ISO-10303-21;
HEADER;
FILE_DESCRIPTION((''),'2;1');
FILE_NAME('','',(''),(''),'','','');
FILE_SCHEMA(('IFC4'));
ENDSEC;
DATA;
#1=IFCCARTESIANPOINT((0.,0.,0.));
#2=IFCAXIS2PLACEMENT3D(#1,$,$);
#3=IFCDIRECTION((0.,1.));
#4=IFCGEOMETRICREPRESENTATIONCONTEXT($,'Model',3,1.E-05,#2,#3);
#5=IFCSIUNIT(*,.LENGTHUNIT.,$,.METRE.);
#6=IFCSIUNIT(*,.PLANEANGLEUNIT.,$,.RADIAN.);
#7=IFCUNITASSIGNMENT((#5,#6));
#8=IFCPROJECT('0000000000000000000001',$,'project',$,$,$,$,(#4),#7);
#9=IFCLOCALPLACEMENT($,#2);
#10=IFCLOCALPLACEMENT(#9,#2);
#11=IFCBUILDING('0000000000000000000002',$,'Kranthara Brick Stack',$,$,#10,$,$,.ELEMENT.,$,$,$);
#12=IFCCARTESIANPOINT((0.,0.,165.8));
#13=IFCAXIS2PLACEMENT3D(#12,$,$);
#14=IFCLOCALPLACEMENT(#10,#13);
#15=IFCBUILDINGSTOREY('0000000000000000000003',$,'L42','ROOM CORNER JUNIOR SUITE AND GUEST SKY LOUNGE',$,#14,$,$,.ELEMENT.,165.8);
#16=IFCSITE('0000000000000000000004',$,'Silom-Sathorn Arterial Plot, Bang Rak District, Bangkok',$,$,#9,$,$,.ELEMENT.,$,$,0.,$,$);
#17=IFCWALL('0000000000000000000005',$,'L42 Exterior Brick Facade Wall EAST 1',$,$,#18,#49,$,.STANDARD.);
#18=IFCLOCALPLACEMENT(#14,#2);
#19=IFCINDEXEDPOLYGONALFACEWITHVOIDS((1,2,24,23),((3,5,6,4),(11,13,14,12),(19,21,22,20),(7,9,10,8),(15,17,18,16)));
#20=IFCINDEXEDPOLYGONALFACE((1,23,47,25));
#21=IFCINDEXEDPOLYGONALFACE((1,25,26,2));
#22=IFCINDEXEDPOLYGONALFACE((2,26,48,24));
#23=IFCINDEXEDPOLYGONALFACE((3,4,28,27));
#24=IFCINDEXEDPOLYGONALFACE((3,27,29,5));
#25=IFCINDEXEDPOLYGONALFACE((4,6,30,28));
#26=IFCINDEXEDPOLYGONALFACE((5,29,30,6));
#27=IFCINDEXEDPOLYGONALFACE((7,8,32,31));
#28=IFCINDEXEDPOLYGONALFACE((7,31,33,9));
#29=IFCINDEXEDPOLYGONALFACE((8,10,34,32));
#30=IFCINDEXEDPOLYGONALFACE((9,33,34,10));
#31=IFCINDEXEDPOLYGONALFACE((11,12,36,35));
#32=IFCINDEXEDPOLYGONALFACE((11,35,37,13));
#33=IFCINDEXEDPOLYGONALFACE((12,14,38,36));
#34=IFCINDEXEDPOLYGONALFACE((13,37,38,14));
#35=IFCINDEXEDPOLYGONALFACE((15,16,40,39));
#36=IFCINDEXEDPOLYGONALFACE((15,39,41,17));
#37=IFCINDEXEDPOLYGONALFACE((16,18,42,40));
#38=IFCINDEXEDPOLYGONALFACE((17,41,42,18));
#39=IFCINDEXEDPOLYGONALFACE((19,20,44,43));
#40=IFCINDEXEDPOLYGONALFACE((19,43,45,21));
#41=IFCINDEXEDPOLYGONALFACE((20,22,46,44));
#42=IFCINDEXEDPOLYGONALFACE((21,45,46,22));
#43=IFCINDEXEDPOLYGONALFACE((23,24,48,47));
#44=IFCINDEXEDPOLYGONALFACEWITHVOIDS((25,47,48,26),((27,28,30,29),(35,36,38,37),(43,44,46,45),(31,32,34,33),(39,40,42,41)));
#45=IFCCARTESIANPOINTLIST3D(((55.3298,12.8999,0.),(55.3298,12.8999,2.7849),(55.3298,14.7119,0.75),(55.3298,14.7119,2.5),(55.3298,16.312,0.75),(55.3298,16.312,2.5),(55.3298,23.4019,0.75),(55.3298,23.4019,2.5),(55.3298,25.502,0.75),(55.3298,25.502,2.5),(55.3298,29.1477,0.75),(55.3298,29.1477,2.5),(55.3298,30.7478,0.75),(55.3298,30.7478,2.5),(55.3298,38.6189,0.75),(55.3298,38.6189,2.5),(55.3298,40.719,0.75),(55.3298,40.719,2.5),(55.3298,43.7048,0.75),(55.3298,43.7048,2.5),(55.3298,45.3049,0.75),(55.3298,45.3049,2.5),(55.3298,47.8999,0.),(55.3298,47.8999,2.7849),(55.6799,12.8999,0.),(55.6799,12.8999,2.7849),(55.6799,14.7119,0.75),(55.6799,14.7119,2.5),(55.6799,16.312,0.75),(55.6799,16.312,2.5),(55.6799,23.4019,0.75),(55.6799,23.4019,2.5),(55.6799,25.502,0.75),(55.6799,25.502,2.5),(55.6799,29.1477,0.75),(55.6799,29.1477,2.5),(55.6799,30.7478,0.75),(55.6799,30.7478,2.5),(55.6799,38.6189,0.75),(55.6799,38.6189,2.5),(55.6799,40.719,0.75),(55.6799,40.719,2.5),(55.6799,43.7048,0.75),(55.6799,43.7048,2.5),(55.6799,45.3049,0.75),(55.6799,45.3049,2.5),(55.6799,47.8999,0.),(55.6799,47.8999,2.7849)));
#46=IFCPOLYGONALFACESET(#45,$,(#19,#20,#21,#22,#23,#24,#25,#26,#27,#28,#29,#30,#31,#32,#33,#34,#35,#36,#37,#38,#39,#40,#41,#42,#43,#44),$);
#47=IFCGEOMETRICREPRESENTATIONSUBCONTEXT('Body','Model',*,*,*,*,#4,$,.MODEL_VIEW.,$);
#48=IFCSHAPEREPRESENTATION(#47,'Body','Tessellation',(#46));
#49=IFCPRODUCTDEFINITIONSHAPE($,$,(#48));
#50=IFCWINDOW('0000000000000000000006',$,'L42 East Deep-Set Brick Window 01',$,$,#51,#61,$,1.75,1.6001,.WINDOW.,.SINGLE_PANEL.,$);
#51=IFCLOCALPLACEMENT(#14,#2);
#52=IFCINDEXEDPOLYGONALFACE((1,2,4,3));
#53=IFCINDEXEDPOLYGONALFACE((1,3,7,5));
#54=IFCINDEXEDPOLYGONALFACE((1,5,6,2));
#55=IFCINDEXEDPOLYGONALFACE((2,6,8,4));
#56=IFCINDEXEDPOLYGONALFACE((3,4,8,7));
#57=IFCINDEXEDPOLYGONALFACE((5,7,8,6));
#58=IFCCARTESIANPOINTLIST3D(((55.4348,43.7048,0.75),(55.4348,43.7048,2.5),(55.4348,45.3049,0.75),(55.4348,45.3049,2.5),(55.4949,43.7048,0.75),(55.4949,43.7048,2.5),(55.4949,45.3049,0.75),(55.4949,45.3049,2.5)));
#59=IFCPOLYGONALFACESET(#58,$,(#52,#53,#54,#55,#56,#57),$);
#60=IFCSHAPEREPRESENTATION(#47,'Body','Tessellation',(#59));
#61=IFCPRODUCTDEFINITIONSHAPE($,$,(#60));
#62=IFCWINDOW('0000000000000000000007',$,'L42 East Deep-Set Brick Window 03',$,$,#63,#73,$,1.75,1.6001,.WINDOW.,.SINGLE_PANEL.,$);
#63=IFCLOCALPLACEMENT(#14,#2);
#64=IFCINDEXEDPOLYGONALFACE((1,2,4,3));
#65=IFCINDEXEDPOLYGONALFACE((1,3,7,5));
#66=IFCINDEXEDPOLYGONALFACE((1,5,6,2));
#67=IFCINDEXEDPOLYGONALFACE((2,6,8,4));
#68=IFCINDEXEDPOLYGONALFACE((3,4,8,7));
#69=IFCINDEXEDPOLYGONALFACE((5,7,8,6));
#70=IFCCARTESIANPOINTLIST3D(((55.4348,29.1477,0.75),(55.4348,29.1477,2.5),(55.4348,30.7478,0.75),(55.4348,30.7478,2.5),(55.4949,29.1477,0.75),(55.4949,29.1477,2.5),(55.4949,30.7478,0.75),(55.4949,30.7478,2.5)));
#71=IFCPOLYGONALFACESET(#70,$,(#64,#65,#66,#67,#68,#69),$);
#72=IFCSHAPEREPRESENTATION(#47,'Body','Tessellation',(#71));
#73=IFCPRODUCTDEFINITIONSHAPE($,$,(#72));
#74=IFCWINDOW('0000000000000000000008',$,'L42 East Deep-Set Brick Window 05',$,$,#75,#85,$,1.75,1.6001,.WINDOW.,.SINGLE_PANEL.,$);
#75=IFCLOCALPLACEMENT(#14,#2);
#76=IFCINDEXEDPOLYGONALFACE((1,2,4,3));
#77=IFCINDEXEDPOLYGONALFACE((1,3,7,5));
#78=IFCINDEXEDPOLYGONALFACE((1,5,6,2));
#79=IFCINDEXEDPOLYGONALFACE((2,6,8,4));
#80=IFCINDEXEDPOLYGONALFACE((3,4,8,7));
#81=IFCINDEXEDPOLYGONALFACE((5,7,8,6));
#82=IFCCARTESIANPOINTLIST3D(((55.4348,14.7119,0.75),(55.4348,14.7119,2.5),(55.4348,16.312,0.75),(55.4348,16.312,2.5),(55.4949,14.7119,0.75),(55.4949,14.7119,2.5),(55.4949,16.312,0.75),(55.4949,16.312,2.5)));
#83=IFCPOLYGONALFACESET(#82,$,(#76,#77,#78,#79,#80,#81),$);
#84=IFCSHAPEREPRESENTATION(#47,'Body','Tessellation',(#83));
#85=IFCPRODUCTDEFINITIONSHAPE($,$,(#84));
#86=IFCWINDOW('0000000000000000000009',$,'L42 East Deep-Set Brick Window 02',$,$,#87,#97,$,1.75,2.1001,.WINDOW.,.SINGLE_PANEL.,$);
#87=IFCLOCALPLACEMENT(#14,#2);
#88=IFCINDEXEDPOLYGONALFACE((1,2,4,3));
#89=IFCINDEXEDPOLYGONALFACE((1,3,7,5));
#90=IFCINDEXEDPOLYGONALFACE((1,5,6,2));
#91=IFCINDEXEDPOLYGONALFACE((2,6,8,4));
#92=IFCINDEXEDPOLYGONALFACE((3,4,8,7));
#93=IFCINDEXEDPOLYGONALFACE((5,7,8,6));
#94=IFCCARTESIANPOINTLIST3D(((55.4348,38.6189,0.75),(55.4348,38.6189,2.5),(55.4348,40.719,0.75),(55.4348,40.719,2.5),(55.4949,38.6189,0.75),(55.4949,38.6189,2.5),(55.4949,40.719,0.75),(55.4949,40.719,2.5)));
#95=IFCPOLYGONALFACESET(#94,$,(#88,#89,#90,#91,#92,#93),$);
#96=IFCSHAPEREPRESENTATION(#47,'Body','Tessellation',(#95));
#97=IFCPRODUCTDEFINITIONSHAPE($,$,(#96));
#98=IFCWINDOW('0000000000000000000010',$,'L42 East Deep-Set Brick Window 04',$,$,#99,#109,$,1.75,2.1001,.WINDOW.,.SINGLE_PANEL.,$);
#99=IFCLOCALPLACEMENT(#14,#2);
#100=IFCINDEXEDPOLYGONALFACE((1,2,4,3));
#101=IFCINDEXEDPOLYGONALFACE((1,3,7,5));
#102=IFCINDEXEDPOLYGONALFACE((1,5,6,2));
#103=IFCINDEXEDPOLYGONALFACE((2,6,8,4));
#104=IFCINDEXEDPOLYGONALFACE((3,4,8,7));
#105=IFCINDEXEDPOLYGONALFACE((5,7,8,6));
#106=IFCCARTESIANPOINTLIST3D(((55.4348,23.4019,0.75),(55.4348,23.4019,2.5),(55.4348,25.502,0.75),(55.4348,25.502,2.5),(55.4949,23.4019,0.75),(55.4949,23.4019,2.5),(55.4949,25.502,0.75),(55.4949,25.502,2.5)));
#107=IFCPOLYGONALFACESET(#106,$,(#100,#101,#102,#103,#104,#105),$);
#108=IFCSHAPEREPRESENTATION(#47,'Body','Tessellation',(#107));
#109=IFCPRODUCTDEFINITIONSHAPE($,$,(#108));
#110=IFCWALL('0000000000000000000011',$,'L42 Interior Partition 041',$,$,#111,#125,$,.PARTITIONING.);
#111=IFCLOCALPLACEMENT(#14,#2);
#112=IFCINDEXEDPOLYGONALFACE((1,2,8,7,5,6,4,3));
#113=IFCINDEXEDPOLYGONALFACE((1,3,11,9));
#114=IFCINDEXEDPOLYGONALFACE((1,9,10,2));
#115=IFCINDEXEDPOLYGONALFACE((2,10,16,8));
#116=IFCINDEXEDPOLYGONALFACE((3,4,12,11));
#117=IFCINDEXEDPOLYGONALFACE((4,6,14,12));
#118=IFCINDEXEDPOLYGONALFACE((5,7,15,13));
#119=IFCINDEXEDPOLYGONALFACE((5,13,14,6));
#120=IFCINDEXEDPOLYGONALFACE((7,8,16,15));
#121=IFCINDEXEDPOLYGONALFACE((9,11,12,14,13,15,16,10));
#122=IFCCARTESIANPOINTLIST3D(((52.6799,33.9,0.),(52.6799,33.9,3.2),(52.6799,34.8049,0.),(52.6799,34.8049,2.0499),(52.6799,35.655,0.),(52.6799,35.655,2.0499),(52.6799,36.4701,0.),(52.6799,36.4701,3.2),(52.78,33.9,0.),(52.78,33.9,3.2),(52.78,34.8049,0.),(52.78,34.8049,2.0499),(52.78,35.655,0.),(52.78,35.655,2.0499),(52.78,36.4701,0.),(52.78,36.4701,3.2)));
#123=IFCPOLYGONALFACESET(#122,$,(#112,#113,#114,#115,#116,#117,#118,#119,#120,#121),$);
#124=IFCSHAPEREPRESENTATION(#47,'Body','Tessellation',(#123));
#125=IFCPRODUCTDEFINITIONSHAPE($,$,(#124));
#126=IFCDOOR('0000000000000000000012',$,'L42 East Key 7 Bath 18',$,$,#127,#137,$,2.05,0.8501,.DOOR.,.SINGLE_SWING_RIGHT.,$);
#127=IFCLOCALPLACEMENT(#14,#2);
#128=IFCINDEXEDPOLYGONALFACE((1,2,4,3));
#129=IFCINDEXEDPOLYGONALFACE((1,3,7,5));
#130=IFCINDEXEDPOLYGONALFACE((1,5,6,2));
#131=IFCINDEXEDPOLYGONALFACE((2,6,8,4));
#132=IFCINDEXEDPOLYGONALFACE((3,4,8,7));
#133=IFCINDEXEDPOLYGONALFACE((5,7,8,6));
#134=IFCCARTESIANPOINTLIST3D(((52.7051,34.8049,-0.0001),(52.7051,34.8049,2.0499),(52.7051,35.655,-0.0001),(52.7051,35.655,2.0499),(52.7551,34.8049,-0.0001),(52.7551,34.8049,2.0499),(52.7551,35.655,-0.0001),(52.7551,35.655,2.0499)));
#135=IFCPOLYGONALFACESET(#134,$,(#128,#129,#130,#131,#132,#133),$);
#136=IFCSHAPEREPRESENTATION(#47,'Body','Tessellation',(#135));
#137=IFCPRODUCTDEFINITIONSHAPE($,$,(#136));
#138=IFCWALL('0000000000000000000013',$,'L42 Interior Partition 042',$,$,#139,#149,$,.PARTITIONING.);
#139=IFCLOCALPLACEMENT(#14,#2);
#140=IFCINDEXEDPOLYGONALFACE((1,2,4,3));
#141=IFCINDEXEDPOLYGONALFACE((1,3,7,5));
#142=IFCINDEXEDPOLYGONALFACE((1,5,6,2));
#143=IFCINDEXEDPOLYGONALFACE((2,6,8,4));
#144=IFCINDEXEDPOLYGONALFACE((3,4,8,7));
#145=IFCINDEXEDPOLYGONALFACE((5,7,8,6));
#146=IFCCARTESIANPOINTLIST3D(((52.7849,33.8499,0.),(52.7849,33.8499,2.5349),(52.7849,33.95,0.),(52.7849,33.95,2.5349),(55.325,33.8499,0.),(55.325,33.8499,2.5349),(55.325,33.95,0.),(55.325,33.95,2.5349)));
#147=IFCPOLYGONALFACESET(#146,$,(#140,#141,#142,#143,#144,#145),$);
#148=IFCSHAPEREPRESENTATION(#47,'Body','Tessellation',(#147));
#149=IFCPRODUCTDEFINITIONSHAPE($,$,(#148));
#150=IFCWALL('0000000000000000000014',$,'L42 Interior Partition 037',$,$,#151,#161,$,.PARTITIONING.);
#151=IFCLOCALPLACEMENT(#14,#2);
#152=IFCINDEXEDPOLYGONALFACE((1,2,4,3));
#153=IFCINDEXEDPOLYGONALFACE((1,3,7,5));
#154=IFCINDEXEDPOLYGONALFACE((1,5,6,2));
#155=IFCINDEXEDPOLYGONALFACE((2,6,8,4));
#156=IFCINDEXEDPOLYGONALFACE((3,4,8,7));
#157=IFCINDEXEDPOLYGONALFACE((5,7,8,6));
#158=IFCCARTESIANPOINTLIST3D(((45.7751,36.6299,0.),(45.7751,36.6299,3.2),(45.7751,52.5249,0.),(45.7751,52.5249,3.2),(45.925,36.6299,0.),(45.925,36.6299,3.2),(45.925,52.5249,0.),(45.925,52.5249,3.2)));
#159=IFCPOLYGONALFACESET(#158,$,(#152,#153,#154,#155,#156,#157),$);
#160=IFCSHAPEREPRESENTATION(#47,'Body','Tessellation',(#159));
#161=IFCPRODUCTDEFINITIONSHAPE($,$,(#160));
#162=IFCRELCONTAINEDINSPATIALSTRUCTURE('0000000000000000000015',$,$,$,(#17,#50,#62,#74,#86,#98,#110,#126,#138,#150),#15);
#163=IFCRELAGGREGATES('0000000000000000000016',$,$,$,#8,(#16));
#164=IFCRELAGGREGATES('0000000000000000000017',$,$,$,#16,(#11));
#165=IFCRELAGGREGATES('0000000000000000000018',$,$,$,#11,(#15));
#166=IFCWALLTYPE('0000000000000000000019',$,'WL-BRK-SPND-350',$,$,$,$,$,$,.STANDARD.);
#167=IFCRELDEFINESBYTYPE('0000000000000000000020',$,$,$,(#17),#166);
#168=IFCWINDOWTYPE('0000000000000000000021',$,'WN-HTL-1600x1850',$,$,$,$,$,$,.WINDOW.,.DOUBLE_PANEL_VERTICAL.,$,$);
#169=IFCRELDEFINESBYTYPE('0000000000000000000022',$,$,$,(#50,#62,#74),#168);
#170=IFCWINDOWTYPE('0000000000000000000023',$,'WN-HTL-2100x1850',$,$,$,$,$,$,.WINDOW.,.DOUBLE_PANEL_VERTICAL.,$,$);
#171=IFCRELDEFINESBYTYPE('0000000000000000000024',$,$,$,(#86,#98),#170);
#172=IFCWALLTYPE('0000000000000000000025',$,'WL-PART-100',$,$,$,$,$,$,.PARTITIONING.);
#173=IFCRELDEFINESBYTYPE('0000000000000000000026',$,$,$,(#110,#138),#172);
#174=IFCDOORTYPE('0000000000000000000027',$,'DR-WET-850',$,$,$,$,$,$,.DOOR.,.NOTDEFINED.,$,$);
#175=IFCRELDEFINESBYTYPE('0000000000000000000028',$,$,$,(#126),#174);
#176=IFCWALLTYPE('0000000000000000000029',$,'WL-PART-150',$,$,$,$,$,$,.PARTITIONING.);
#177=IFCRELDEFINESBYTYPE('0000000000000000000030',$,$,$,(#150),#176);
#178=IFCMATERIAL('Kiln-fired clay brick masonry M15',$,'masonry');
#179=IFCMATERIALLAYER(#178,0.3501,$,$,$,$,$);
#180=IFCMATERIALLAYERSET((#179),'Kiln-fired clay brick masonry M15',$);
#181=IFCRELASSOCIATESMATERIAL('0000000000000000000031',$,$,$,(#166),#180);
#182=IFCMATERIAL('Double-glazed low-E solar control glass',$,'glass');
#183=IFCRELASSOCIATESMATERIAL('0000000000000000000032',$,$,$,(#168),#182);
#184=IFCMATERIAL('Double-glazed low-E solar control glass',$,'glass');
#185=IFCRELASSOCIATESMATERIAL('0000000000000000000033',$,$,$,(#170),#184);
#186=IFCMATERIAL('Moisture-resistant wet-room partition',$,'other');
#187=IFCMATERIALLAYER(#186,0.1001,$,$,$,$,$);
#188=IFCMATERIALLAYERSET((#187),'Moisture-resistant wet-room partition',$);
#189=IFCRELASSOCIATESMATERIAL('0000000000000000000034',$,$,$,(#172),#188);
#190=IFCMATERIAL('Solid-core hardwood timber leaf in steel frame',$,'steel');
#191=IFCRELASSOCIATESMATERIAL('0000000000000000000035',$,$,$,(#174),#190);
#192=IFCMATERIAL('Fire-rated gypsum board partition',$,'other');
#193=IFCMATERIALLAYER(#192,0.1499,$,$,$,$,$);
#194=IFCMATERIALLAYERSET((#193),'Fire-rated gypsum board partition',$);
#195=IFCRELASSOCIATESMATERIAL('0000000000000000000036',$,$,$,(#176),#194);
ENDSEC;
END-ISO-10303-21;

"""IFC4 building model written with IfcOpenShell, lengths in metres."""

from ifc_helpers import new_model, si_unit, direction, frame, frame_2d, origin, place, context, subcontext, project, spatial, rectangle, extrude, material, layer, layer_set, type_object, element, fill, save


model = new_model("IFC4")

# Units and contexts
model_context = context("Model", 3, precision=1e-05, world=origin(), true_north=direction((0.0, 1.0)))
body_context = subcontext(model_context, "Body", "Model", "MODEL_VIEW")
ifc_project = project(units=[si_unit("LENGTHUNIT", "METRE"), si_unit("PLANEANGLEUNIT", "RADIAN")], contexts=[model_context])

# Site, building, storey
site_placement = place(None, origin())
site = spatial("IfcSite", under=ifc_project, at=site_placement, Name="Silom-Sathorn Arterial Plot, Bang Rak District, Bangkok", CompositionType="ELEMENT", RefElevation=0.0)
building_placement = place(site_placement, origin())
building = spatial("IfcBuilding", under=site, at=building_placement, Name="Kranthara Brick Stack", CompositionType="ELEMENT")
storey_placement = place(building_placement, frame((0.0, 0.0, 165.8)))
storey = spatial("IfcBuildingStorey", under=building, at=storey_placement, Name="L42", Description="ROOM CORNER JUNIOR SUITE AND GUEST SKY LOUNGE", CompositionType="ELEMENT", Elevation=165.8)

# Shared definitions
ifc_material_1 = material(Name="Kiln-fired clay brick masonry M15", Category="masonry")
ifc_layer_1 = layer(ifc_material_1, 0.3501)
ifc_layer_set_1 = layer_set([ifc_layer_1], Name="Kiln-fired clay brick masonry M15")
wall_type_1 = type_object("IfcWallType", Name="WL-BRK-SPND-350", PredefinedType="STANDARD", material=ifc_layer_set_1)

# Wall, openings, windows
wall_1_placement = place(storey_placement, frame((55.5049, 47.8999, 0.0), z_axis=(0.0, 0.0, 1.0), x_axis=(0.0, -1.0, 0.0)))
wall_1 = element("IfcWall", 1, at=wall_1_placement, inside=storey, type_object=wall_type_1, Name="L42 Exterior Brick Facade Wall EAST 1", PredefinedType="STANDARD", context=body_context, shape_type="SweptSolid", body=[
    extrude(rectangle(XDim=35.0, YDim=0.3501, at=frame_2d((17.5, 0.0))), origin(), (0.0, 0.0, 1.0), 2.7849),
])
opening_1_placement = place(wall_1_placement, frame((2.595, 0.0, 0.75)))
opening_1 = element("IfcOpeningElement", 2, at=opening_1_placement, cuts=wall_1, PredefinedType="OPENING", context=body_context, shape_type="SweptSolid", body=[
    extrude(rectangle(XDim=1.6001, YDim=1.75, at=frame_2d((0.8, 0.875))), frame((0.0, 0.1851, 0.0), z_axis=(0.0, -1.0, 0.0), x_axis=(1.0, 0.0, 0.0)), (0.0, 0.0, 1.0), 0.3701),
])
opening_2_placement = place(wall_1_placement, frame((7.1809, 0.0, 0.75)))
opening_2 = element("IfcOpeningElement", 3, at=opening_2_placement, cuts=wall_1, PredefinedType="OPENING", context=body_context, shape_type="SweptSolid", body=[
    extrude(rectangle(XDim=2.1001, YDim=1.75, at=frame_2d((1.05, 0.875))), frame((0.0, 0.1851, 0.0), z_axis=(0.0, -1.0, 0.0), x_axis=(1.0, 0.0, 0.0)), (0.0, 0.0, 1.0), 0.3701),
])
opening_3_placement = place(wall_1_placement, frame((17.1521, 0.0, 0.75)))
opening_3 = element("IfcOpeningElement", 4, at=opening_3_placement, cuts=wall_1, PredefinedType="OPENING", context=body_context, shape_type="SweptSolid", body=[
    extrude(rectangle(XDim=1.6001, YDim=1.75, at=frame_2d((0.8, 0.875))), frame((0.0, 0.1851, 0.0), z_axis=(0.0, -1.0, 0.0), x_axis=(1.0, 0.0, 0.0)), (0.0, 0.0, 1.0), 0.3701),
])
opening_4_placement = place(wall_1_placement, frame((22.3979, 0.0, 0.75)))
opening_4 = element("IfcOpeningElement", 5, at=opening_4_placement, cuts=wall_1, PredefinedType="OPENING", context=body_context, shape_type="SweptSolid", body=[
    extrude(rectangle(XDim=2.1001, YDim=1.75, at=frame_2d((1.05, 0.875))), frame((0.0, 0.1851, 0.0), z_axis=(0.0, -1.0, 0.0), x_axis=(1.0, 0.0, 0.0)), (0.0, 0.0, 1.0), 0.3701),
])
opening_5_placement = place(wall_1_placement, frame((31.5879, 0.0, 0.75)))
opening_5 = element("IfcOpeningElement", 6, at=opening_5_placement, cuts=wall_1, PredefinedType="OPENING", context=body_context, shape_type="SweptSolid", body=[
    extrude(rectangle(XDim=1.6001, YDim=1.75, at=frame_2d((0.8, 0.875))), frame((0.0, 0.1851, 0.0), z_axis=(0.0, -1.0, 0.0), x_axis=(1.0, 0.0, 0.0)), (0.0, 0.0, 1.0), 0.3701),
])
ifc_material_2 = material(Name="Double-glazed low-E solar control glass", Category="glass")
window_type_1 = type_object("IfcWindowType", Name="WN-HTL-1600x1850", PartitioningType="DOUBLE_PANEL_VERTICAL", PredefinedType="WINDOW", material=ifc_material_2)
window_1_placement = place(opening_1_placement, origin())
window_1 = element("IfcWindow", 7, at=window_1_placement, inside=storey, type_object=window_type_1, Name="L42 East Deep-Set Brick Window 01", OverallHeight=1.75, OverallWidth=1.6001, PartitioningType="SINGLE_PANEL", PredefinedType="WINDOW", context=body_context, shape_type="SweptSolid", body=[
    extrude(rectangle(XDim=1.6001, YDim=1.75, at=frame_2d((0.8, 0.875))), frame((0.0, -0.01, 0.0), z_axis=(0.0, -1.0, 0.0), x_axis=(1.0, 0.0, 0.0)), (0.0, 0.0, 1.0), 0.0601),
])
fill(opening_1, window_1)
window_2_placement = place(opening_3_placement, origin())
window_2 = element("IfcWindow", 8, at=window_2_placement, inside=storey, type_object=window_type_1, Name="L42 East Deep-Set Brick Window 03", OverallHeight=1.75, OverallWidth=1.6001, PartitioningType="SINGLE_PANEL", PredefinedType="WINDOW", context=body_context, shape_type="SweptSolid", body=[
    extrude(rectangle(XDim=1.6001, YDim=1.75, at=frame_2d((0.8, 0.875))), frame((0.0, -0.01, 0.0), z_axis=(0.0, -1.0, 0.0), x_axis=(1.0, 0.0, 0.0)), (0.0, 0.0, 1.0), 0.0601),
])
fill(opening_3, window_2)
window_3_placement = place(opening_5_placement, origin())
window_3 = element("IfcWindow", 9, at=window_3_placement, inside=storey, type_object=window_type_1, Name="L42 East Deep-Set Brick Window 05", OverallHeight=1.75, OverallWidth=1.6001, PartitioningType="SINGLE_PANEL", PredefinedType="WINDOW", context=body_context, shape_type="SweptSolid", body=[
    extrude(rectangle(XDim=1.6001, YDim=1.75, at=frame_2d((0.8, 0.875))), frame((0.0, -0.01, 0.0), z_axis=(0.0, -1.0, 0.0), x_axis=(1.0, 0.0, 0.0)), (0.0, 0.0, 1.0), 0.0601),
])
fill(opening_5, window_3)
ifc_material_3 = material(Name="Double-glazed low-E solar control glass", Category="glass")
window_type_2 = type_object("IfcWindowType", Name="WN-HTL-2100x1850", PartitioningType="DOUBLE_PANEL_VERTICAL", PredefinedType="WINDOW", material=ifc_material_3)
window_4_placement = place(opening_2_placement, origin())
window_4 = element("IfcWindow", 10, at=window_4_placement, inside=storey, type_object=window_type_2, Name="L42 East Deep-Set Brick Window 02", OverallHeight=1.75, OverallWidth=2.1001, PartitioningType="SINGLE_PANEL", PredefinedType="WINDOW", context=body_context, shape_type="SweptSolid", body=[
    extrude(rectangle(XDim=2.1001, YDim=1.75, at=frame_2d((1.05, 0.875))), frame((0.0, -0.01, 0.0), z_axis=(0.0, -1.0, 0.0), x_axis=(1.0, 0.0, 0.0)), (0.0, 0.0, 1.0), 0.0601),
])
fill(opening_2, window_4)
window_5_placement = place(opening_4_placement, origin())
window_5 = element("IfcWindow", 11, at=window_5_placement, inside=storey, type_object=window_type_2, Name="L42 East Deep-Set Brick Window 04", OverallHeight=1.75, OverallWidth=2.1001, PartitioningType="SINGLE_PANEL", PredefinedType="WINDOW", context=body_context, shape_type="SweptSolid", body=[
    extrude(rectangle(XDim=2.1001, YDim=1.75, at=frame_2d((1.05, 0.875))), frame((0.0, -0.01, 0.0), z_axis=(0.0, -1.0, 0.0), x_axis=(1.0, 0.0, 0.0)), (0.0, 0.0, 1.0), 0.0601),
])
fill(opening_4, window_5)

# Wall, opening, door
ifc_material_4 = material(Name="Moisture-resistant wet-room partition", Category="other")
ifc_layer_2 = layer(ifc_material_4, 0.1001)
ifc_layer_set_2 = layer_set([ifc_layer_2], Name="Moisture-resistant wet-room partition")
wall_type_2 = type_object("IfcWallType", Name="WL-PART-100", PredefinedType="PARTITIONING", material=ifc_layer_set_2)
wall_2_placement = place(storey_placement, frame((52.73, 33.8999, 0.0), z_axis=(0.0, 0.0, 1.0), x_axis=(0.0, 1.0, 0.0)))
wall_2 = element("IfcWall", 12, at=wall_2_placement, inside=storey, type_object=wall_type_2, Name="L42 Interior Partition 041", PredefinedType="PARTITIONING", context=body_context, shape_type="SweptSolid", body=[
    extrude(rectangle(XDim=2.5701, YDim=0.1001, at=frame_2d((1.2852, 0.0))), origin(), (0.0, 0.0, 1.0), 3.2),
])
opening_6_placement = place(wall_2_placement, frame((0.905, 0.0, 0.0)))
opening_6 = element("IfcOpeningElement", 13, at=opening_6_placement, cuts=wall_2, PredefinedType="OPENING", context=body_context, shape_type="SweptSolid", body=[
    extrude(rectangle(XDim=0.8501, YDim=2.05, at=frame_2d((0.425, 1.0249))), frame((0.0, 0.0601, 0.0), z_axis=(0.0, -1.0, 0.0), x_axis=(1.0, 0.0, 0.0)), (0.0, 0.0, 1.0), 0.1201),
])
ifc_material_5 = material(Name="Solid-core hardwood timber leaf in steel frame", Category="steel")
door_type = type_object("IfcDoorType", Name="DR-WET-850", OperationType="NOTDEFINED", PredefinedType="DOOR", material=ifc_material_5)
door_placement = place(opening_6_placement, origin())
door = element("IfcDoor", 14, at=door_placement, inside=storey, type_object=door_type, Name="L42 East Key 7 Bath 18", OperationType="SINGLE_SWING_RIGHT", OverallHeight=2.05, OverallWidth=0.8501, PredefinedType="DOOR", context=body_context, shape_type="SweptSolid", body=[
    extrude(rectangle(XDim=0.8501, YDim=2.05, at=frame_2d((0.425, 1.0249))), frame((0.0, 0.0249, 0.0), z_axis=(0.0, -1.0, 0.0), x_axis=(1.0, 0.0, 0.0)), (0.0, 0.0, 1.0), 0.05),
])
fill(opening_6, door)

# Walls
wall_3_placement = place(storey_placement, frame((52.7849, 33.8999, 0.0), z_axis=(0.0, 0.0, 1.0), x_axis=(1.0, 0.0, 0.0)))
element("IfcWall", 15, at=wall_3_placement, inside=storey, type_object=wall_type_2, Name="L42 Interior Partition 042", PredefinedType="PARTITIONING", context=body_context, shape_type="SweptSolid", body=[
    extrude(rectangle(XDim=2.54, YDim=0.1001, at=frame_2d((1.27, 0.0))), origin(), (0.0, 0.0, 1.0), 2.5349),
])
ifc_material_6 = material(Name="Fire-rated gypsum board partition", Category="other")
ifc_layer_3 = layer(ifc_material_6, 0.1499)
ifc_layer_set_3 = layer_set([ifc_layer_3], Name="Fire-rated gypsum board partition")
wall_type_3 = type_object("IfcWallType", Name="WL-PART-150", PredefinedType="PARTITIONING", material=ifc_layer_set_3)
wall_4_placement = place(storey_placement, frame((45.8501, 36.6299, 0.0), z_axis=(0.0, 0.0, 1.0), x_axis=(0.0, 1.0, 0.0)))
element("IfcWall", 16, at=wall_4_placement, inside=storey, type_object=wall_type_3, Name="L42 Interior Partition 037", PredefinedType="PARTITIONING", context=body_context, shape_type="SweptSolid", body=[
    extrude(rectangle(XDim=15.895, YDim=0.1499, at=frame_2d((7.9475, 0.0))), origin(), (0.0, 0.0, 1.0), 3.2),
])

save(model, "model.ifc")
